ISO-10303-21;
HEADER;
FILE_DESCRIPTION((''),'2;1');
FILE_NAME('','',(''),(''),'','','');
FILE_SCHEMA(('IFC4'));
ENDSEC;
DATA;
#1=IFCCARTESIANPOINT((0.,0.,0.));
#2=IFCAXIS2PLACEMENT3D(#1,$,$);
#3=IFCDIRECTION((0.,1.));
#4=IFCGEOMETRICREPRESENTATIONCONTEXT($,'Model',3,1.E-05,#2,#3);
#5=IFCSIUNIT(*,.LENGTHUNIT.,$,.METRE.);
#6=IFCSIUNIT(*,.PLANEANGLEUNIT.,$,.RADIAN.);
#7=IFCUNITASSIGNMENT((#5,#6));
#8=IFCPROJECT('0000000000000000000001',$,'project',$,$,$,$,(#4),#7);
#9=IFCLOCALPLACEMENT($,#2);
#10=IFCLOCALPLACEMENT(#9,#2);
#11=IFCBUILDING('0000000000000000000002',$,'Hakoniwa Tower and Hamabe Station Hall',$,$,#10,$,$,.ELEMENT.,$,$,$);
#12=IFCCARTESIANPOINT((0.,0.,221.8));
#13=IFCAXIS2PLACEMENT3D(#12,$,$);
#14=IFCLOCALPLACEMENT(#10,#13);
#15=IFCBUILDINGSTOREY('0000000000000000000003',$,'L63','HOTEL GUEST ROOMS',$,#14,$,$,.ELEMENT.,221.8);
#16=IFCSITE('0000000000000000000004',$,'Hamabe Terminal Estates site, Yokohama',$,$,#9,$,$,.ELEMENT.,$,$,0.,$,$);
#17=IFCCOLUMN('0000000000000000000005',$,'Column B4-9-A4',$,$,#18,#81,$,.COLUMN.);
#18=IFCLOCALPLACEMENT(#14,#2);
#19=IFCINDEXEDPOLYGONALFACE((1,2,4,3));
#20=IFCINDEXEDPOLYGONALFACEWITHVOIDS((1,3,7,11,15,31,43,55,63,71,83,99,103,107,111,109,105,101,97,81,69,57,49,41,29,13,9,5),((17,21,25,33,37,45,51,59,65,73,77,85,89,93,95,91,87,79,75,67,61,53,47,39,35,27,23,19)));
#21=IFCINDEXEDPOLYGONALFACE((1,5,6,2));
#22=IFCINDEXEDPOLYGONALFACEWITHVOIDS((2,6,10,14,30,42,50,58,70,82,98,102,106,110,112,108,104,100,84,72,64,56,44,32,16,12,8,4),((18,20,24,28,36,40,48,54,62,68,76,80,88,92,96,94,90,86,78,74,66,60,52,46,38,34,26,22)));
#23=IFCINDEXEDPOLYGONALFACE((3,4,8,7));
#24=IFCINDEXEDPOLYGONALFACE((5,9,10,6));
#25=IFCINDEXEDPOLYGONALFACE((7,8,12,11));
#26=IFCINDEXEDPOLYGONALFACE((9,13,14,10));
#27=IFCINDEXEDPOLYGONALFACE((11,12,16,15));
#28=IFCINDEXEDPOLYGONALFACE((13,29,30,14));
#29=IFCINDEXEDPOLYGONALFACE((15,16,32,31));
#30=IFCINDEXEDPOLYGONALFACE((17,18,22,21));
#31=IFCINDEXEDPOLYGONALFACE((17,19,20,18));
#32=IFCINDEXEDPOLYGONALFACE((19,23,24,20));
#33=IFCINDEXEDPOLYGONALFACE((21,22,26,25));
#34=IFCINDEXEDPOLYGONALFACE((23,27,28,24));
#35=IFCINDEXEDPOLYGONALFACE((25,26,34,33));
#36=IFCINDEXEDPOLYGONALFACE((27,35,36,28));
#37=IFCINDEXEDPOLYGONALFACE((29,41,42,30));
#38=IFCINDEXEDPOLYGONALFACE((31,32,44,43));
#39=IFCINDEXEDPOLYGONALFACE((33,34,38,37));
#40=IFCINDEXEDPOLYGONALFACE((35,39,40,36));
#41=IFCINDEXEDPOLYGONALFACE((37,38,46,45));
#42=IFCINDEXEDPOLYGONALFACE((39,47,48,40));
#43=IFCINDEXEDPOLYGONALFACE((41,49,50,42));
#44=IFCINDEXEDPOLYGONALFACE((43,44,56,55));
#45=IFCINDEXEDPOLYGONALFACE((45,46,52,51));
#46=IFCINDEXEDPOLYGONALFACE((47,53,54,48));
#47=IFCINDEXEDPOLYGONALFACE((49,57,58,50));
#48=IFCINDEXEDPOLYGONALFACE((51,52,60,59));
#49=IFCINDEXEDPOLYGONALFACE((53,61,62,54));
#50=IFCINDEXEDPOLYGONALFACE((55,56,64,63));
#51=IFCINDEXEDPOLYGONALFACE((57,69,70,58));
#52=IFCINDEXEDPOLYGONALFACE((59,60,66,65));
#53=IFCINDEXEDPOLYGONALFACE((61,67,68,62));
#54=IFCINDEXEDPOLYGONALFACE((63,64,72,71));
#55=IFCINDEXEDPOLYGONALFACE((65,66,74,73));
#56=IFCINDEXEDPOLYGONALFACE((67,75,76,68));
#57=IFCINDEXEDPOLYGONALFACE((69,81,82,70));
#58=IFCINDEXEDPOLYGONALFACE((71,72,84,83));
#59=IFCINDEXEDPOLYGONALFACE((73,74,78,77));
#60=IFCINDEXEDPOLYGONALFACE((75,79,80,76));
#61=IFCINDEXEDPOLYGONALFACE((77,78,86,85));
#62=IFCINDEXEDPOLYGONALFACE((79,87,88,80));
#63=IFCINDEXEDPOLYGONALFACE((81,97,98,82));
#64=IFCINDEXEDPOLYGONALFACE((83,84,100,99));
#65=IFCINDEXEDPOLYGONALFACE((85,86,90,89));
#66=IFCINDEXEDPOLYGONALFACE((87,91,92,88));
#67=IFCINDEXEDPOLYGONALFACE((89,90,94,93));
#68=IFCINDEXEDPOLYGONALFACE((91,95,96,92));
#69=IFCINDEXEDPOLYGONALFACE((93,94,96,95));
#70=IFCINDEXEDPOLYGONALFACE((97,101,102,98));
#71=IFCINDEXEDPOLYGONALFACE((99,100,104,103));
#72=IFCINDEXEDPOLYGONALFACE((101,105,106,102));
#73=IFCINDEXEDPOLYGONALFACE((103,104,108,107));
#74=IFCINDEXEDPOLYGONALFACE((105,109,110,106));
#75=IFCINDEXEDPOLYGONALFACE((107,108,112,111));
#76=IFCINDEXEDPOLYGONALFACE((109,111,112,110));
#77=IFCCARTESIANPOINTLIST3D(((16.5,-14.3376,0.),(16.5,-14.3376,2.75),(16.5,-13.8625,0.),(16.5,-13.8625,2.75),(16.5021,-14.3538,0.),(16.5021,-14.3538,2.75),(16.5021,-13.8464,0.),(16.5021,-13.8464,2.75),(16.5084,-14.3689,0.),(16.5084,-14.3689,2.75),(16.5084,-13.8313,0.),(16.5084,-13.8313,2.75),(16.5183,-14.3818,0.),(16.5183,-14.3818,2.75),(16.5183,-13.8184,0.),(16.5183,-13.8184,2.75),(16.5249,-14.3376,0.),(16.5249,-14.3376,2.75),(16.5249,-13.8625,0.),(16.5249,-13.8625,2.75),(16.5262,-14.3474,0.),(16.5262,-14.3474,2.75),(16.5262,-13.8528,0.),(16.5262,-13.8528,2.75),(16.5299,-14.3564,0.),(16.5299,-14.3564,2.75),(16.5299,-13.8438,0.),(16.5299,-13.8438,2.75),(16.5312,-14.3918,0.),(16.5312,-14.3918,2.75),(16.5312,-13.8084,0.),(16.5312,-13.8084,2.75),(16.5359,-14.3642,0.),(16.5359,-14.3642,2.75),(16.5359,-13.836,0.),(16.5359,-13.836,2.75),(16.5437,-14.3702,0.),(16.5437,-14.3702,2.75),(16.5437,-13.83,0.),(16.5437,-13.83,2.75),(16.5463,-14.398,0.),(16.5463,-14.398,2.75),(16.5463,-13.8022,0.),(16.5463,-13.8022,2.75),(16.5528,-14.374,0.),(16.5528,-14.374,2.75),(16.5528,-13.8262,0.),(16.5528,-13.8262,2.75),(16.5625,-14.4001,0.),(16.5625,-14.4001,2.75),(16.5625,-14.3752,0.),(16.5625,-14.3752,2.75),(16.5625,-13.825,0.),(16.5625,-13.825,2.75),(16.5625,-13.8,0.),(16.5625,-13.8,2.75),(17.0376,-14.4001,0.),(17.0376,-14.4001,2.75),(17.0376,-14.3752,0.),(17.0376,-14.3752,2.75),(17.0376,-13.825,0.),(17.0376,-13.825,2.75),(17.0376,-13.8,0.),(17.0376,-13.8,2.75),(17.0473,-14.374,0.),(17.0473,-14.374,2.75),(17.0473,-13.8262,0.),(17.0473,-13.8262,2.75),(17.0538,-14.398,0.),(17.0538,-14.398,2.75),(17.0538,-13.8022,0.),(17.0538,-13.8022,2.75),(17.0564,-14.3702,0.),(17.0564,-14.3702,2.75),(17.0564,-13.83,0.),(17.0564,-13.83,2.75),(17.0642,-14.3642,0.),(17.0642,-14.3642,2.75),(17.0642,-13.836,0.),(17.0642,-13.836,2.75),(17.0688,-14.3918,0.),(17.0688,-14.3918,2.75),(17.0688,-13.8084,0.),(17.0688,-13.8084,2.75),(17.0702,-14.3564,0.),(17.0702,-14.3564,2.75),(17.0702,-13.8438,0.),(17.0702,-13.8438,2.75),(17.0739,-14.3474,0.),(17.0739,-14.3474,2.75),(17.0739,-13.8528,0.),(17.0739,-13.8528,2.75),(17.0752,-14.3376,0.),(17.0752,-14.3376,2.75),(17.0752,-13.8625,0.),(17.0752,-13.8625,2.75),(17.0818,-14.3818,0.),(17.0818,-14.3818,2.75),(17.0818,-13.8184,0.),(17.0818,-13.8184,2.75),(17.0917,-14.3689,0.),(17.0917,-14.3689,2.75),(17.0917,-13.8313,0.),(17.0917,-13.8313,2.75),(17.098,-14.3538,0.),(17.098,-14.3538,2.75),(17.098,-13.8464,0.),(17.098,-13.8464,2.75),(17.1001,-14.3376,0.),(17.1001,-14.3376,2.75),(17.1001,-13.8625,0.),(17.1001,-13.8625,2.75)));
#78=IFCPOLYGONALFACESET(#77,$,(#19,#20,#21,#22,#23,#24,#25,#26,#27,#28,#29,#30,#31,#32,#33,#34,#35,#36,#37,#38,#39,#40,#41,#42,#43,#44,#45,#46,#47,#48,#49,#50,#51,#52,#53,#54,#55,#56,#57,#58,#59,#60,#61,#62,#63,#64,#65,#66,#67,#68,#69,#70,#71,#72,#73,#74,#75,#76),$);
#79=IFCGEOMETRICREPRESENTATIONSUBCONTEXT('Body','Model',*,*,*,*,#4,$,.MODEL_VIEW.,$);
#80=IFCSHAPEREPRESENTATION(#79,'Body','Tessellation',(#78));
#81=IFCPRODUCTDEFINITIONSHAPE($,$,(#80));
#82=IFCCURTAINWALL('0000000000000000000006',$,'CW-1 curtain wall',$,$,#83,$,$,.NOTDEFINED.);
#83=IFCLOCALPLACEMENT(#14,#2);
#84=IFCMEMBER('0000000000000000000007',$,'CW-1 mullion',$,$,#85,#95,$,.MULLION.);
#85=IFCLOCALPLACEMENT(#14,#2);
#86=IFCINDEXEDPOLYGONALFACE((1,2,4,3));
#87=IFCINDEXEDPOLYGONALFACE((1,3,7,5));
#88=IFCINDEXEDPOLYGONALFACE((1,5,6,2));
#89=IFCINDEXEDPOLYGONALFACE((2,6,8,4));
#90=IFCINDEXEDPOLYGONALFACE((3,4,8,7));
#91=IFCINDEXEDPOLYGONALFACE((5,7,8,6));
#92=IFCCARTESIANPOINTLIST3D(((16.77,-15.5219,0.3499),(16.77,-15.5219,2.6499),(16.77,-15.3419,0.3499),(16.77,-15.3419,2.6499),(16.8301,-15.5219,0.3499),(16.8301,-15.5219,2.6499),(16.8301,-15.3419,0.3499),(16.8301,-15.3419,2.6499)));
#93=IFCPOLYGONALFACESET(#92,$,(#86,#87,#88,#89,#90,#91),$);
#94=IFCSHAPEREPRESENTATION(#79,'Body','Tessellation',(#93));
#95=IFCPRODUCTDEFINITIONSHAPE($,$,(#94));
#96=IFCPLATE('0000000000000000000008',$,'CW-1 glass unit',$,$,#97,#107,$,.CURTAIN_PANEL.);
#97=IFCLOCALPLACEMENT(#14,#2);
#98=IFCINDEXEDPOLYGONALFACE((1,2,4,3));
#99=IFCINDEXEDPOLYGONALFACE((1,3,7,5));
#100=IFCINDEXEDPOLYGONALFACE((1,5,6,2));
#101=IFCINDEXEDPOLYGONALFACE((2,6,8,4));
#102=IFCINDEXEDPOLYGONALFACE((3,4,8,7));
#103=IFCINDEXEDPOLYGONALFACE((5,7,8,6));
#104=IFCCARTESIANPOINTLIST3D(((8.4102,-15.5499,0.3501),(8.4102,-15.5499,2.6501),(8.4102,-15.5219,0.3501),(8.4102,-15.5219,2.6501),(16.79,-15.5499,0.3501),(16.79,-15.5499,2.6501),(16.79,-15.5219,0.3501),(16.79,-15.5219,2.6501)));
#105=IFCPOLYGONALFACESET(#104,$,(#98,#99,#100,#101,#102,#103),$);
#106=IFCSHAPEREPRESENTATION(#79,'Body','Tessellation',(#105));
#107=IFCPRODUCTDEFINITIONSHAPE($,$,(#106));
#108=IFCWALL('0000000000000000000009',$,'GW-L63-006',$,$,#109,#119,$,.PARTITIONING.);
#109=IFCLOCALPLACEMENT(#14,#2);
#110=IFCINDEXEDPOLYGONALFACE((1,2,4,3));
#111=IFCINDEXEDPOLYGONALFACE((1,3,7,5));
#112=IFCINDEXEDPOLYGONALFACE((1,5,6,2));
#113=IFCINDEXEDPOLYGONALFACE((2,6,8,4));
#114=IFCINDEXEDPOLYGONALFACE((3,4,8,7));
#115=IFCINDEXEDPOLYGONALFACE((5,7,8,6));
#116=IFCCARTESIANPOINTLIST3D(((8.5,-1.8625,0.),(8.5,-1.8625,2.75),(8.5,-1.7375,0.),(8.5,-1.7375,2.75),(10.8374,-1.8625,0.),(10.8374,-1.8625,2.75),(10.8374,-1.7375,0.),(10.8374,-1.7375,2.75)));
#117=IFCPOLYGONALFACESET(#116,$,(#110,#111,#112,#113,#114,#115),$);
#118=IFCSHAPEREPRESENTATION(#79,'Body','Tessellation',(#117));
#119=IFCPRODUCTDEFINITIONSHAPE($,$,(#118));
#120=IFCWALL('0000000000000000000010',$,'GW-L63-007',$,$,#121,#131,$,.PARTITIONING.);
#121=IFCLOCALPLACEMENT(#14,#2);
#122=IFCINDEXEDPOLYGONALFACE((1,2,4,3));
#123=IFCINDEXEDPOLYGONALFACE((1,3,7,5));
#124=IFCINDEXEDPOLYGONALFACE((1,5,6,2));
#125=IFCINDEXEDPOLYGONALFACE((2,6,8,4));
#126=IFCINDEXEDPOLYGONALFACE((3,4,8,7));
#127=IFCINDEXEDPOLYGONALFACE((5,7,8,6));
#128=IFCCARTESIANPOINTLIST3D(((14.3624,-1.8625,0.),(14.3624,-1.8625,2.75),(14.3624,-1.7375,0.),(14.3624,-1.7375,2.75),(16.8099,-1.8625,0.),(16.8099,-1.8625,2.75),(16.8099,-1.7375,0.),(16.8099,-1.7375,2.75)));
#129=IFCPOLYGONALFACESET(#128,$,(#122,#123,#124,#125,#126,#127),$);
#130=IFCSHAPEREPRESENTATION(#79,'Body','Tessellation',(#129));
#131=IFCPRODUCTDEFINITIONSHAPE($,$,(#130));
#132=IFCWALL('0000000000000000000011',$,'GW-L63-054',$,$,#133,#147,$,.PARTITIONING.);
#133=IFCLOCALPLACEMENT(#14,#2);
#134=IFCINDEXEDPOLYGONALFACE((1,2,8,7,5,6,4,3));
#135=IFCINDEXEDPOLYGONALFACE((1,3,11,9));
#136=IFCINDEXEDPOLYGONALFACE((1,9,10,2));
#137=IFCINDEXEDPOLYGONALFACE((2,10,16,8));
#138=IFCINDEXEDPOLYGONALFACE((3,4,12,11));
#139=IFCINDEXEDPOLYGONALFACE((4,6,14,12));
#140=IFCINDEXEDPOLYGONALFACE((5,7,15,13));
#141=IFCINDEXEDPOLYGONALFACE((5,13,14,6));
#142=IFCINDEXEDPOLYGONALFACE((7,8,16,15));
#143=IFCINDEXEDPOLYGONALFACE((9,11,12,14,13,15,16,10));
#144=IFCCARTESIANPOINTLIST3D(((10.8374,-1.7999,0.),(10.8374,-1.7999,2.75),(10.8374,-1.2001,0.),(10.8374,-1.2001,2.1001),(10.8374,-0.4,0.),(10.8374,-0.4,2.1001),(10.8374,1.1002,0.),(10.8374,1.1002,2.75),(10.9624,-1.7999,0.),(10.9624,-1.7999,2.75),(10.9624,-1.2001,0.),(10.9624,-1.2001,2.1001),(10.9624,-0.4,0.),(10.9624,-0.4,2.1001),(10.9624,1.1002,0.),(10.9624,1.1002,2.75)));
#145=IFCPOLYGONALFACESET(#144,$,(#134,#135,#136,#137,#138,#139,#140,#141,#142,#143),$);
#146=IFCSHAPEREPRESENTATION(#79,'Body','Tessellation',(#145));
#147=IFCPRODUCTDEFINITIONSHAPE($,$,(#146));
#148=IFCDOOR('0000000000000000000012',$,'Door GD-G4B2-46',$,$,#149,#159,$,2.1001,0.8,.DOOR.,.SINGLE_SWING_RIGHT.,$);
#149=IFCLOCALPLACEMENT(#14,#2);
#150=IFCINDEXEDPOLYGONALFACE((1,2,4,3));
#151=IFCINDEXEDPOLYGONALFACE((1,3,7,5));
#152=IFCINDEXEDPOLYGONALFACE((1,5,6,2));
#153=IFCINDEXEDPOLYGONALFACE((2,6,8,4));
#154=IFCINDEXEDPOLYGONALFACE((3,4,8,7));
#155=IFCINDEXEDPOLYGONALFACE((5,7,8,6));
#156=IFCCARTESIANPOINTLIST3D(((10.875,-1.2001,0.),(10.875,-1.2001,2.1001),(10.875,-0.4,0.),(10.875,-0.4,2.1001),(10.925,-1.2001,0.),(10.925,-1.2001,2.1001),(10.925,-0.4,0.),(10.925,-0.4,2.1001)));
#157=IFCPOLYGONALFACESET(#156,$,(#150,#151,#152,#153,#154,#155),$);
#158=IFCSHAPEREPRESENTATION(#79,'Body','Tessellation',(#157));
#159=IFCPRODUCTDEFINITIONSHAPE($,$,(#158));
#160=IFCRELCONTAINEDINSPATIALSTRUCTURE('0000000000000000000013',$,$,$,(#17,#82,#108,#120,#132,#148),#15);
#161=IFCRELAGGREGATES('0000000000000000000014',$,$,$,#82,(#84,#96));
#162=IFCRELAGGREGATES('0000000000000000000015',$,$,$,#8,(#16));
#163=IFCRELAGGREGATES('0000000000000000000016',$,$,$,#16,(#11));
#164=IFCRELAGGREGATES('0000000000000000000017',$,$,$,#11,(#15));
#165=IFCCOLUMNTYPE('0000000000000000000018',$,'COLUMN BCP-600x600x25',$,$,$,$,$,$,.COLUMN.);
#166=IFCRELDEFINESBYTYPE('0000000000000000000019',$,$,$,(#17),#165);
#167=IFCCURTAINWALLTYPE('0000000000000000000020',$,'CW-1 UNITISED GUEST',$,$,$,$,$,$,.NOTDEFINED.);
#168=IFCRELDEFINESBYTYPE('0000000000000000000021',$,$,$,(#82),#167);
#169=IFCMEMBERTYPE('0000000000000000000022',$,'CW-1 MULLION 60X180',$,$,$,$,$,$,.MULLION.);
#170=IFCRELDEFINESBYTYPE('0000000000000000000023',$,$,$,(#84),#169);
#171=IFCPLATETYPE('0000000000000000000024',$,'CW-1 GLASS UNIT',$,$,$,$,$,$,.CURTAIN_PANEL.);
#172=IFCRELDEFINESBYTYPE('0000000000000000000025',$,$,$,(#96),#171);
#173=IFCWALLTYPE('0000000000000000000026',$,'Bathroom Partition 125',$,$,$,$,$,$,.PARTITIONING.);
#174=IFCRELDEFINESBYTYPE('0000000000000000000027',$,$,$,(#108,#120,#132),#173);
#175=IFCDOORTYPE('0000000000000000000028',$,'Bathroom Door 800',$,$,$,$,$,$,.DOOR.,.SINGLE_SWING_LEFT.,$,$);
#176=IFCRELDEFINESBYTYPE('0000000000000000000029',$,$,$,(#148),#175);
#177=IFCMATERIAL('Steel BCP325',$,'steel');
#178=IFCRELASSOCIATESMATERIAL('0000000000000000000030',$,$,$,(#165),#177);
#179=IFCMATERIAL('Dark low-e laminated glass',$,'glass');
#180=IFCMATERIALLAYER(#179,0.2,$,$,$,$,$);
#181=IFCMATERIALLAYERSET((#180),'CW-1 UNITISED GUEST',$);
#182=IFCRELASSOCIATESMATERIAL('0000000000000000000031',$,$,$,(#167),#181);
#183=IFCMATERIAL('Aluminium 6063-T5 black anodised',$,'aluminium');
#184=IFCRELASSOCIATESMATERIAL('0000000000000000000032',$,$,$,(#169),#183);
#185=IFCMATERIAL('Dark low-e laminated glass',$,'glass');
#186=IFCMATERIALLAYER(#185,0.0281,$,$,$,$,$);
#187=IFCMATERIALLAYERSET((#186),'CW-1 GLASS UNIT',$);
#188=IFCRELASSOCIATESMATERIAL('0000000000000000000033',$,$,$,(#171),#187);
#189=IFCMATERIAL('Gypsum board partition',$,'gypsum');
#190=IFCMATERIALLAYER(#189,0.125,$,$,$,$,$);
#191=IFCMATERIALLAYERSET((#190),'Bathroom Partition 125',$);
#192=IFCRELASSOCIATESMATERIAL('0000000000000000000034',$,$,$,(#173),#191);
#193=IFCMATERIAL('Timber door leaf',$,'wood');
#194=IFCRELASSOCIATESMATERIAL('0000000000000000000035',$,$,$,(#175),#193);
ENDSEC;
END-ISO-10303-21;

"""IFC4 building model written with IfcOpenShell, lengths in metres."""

from ifc_helpers import new_model, si_unit, direction, frame, frame_2d, origin, origin_2d, place, context, subcontext, project, spatial, rectangle, hollow_rectangle, extrude, material, layer, layer_set, material_profile, profile_set, type_object, element, fill, aggregate, save


model = new_model("IFC4")

# Units and contexts
model_context = context("Model", 3, precision=1e-05, world=origin(), true_north=direction((0.0, 1.0)))
body_context = subcontext(model_context, "Body", "Model", "MODEL_VIEW")
ifc_project = project(units=[si_unit("LENGTHUNIT", "METRE"), si_unit("PLANEANGLEUNIT", "RADIAN")], contexts=[model_context])

# Site, building, storey
site_placement = place(None, origin())
site = spatial("IfcSite", under=ifc_project, at=site_placement, Name="Hamabe Terminal Estates site, Yokohama", CompositionType="ELEMENT", RefElevation=0.0)
building_placement = place(site_placement, origin())
building = spatial("IfcBuilding", under=site, at=building_placement, Name="Hakoniwa Tower and Hamabe Station Hall", CompositionType="ELEMENT")
storey_placement = place(building_placement, frame((0.0, 0.0, 221.8)))
storey = spatial("IfcBuildingStorey", under=building, at=storey_placement, Name="L63", Description="HOTEL GUEST ROOMS", CompositionType="ELEMENT", Elevation=221.8)

# Column
ifc_material_1 = material(Name="Steel BCP325", Category="steel")
ifc_material_profile_1 = material_profile(ifc_material_1, hollow_rectangle(XDim=0.6001, YDim=0.6001, WallThickness=0.0249, InnerFilletRadius=0.0376, OuterFilletRadius=0.0625, at=origin_2d()), Name="BCP-600x600x25")
ifc_profile_set_1 = profile_set([ifc_material_profile_1], Name="Steel BCP325")
column_type = type_object("IfcColumnType", Name="COLUMN BCP-600x600x25", PredefinedType="COLUMN", material=ifc_profile_set_1)
column_placement = place(storey_placement, frame((16.8, -14.1001, 0.0), z_axis=(0.0, 0.0, 1.0), x_axis=(1.0, 0.0, 0.0)))
element("IfcColumn", 1, at=column_placement, inside=storey, type_object=column_type, Name="Column B4-9-A4", PredefinedType="COLUMN", context=body_context, shape_type="SweptSolid", body=[
    extrude(hollow_rectangle(XDim=0.6001, YDim=0.6001, WallThickness=0.0249, InnerFilletRadius=0.0376, OuterFilletRadius=0.0625, at=origin_2d()), origin(), (0.0, 0.0, 1.0), 2.75),
])

# Curtain wall, member, plate
ifc_material_2 = material(Name="Dark low-e laminated glass", Category="glass")
ifc_layer_1 = layer(ifc_material_2, 0.2)
ifc_layer_set_1 = layer_set([ifc_layer_1], Name="CW-1 UNITISED GUEST")
curtain_wall_type = type_object("IfcCurtainWallType", Name="CW-1 UNITISED GUEST", PredefinedType="NOTDEFINED", material=ifc_layer_set_1)
curtain_wall_placement = place(storey_placement, origin())
curtain_wall = element("IfcCurtainWall", 2, at=curtain_wall_placement, inside=storey, type_object=curtain_wall_type, Name="CW-1 curtain wall", PredefinedType="NOTDEFINED")
ifc_material_3 = material(Name="Aluminium 6063-T5 black anodised", Category="aluminium")
ifc_material_profile_2 = material_profile(ifc_material_3, rectangle(XDim=0.0601, YDim=0.1799, at=origin_2d()), Name="CW-1 MULLION 60X180")
ifc_profile_set_2 = profile_set([ifc_material_profile_2], Name="Aluminium 6063-T5 black anodised")
member_type = type_object("IfcMemberType", Name="CW-1 MULLION 60X180", PredefinedType="MULLION", material=ifc_profile_set_2)
member_placement = place(storey_placement, frame((16.8, -15.4319, 0.3499), z_axis=(0.0, 0.0, 1.0), x_axis=(1.0, 0.0, 0.0)))
member = element("IfcMember", 3, at=member_placement, type_object=member_type, Name="CW-1 mullion", PredefinedType="MULLION", context=body_context, shape_type="SweptSolid", body=[
    extrude(rectangle(XDim=0.0601, YDim=0.1799, at=origin_2d()), origin(), (0.0, 0.0, 1.0), 2.3),
])
ifc_material_4 = material(Name="Dark low-e laminated glass", Category="glass")
ifc_layer_2 = layer(ifc_material_4, 0.0281)
ifc_layer_set_2 = layer_set([ifc_layer_2], Name="CW-1 GLASS UNIT")
plate_type = type_object("IfcPlateType", Name="CW-1 GLASS UNIT", PredefinedType="CURTAIN_PANEL", material=ifc_layer_set_2)
plate_placement = place(storey_placement, frame((12.6001, -15.5359, 0.3501), z_axis=(0.0, 0.0, 1.0), x_axis=(1.0, 0.0, 0.0)))
plate = element("IfcPlate", 4, at=plate_placement, type_object=plate_type, Name="CW-1 glass unit", PredefinedType="CURTAIN_PANEL", context=body_context, shape_type="SweptSolid", body=[
    extrude(rectangle(XDim=8.3799, YDim=0.0281, at=origin_2d()), origin(), (0.0, 0.0, 1.0), 2.3),
])
aggregate(curtain_wall, [member, plate])

# Walls
ifc_material_5 = material(Name="Gypsum board partition", Category="gypsum")
ifc_layer_3 = layer(ifc_material_5, 0.125)
ifc_layer_set_3 = layer_set([ifc_layer_3], Name="Bathroom Partition 125")
wall_type_1 = type_object("IfcWallType", Name="Bathroom Partition 125", PredefinedType="PARTITIONING", material=ifc_layer_set_3)
wall_1_placement = place(storey_placement, frame((8.5, -1.8, 0.0), z_axis=(0.0, 0.0, 1.0), x_axis=(1.0, 0.0, 0.0)))
element("IfcWall", 5, at=wall_1_placement, inside=storey, type_object=wall_type_1, Name="GW-L63-006", PredefinedType="PARTITIONING", context=body_context, shape_type="SweptSolid", body=[
    extrude(rectangle(XDim=2.3374, YDim=0.125, at=frame_2d((1.1687, 0.0))), origin(), (0.0, 0.0, 1.0), 2.75),
])
wall_2_placement = place(storey_placement, frame((14.3625, -1.8, 0.0), z_axis=(0.0, 0.0, 1.0), x_axis=(1.0, 0.0, 0.0)))
element("IfcWall", 6, at=wall_2_placement, inside=storey, type_object=wall_type_1, Name="GW-L63-007", PredefinedType="PARTITIONING", context=body_context, shape_type="SweptSolid", body=[
    extrude(rectangle(XDim=2.4475, YDim=0.125, at=frame_2d((1.2236, 0.0))), origin(), (0.0, 0.0, 1.0), 2.75),
])

# Wall, opening, door
wall_3_placement = place(storey_placement, frame((10.8999, -1.8, 0.0), z_axis=(0.0, 0.0, 1.0), x_axis=(0.0, 1.0, 0.0)))
wall_3 = element("IfcWall", 7, at=wall_3_placement, inside=storey, type_object=wall_type_1, Name="GW-L63-054", PredefinedType="PARTITIONING", context=body_context, shape_type="SweptSolid", body=[
    extrude(rectangle(XDim=2.9001, YDim=0.125, at=frame_2d((1.4502, 0.0))), origin(), (0.0, 0.0, 1.0), 2.75),
])
opening_1_placement = place(wall_3_placement, frame((0.6001, 0.0, 0.0)))
opening_1 = element("IfcOpeningElement", 8, at=opening_1_placement, cuts=wall_3, PredefinedType="OPENING", context=body_context, shape_type="SweptSolid", body=[
    extrude(rectangle(XDim=0.8, YDim=2.1001, at=frame_2d((0.3999, 1.05))), frame((0.0, 0.0725, 0.0), z_axis=(0.0, -1.0, 0.0), x_axis=(1.0, 0.0, 0.0)), (0.0, 0.0, 1.0), 0.145),
])
ifc_material_6 = material(Name="Timber door leaf", Category="wood")
door_type_1 = type_object("IfcDoorType", Name="Bathroom Door 800", OperationType="SINGLE_SWING_LEFT", PredefinedType="DOOR", material=ifc_material_6)
door_1_placement = place(opening_1_placement, origin())
door_1 = element("IfcDoor", 9, at=door_1_placement, inside=storey, type_object=door_type_1, Name="Door GD-G4B2-46", OperationType="SINGLE_SWING_RIGHT", OverallHeight=2.1001, OverallWidth=0.8, PredefinedType="DOOR", context=body_context, shape_type="SweptSolid", body=[
    extrude(rectangle(XDim=0.8, YDim=2.1001, at=frame_2d((0.3999, 1.05))), frame((0.0, 0.0249, 0.0), z_axis=(0.0, -1.0, 0.0), x_axis=(1.0, 0.0, 0.0)), (0.0, 0.0, 1.0), 0.05),
])
fill(opening_1, door_1)

save(model, "model.ifc")
